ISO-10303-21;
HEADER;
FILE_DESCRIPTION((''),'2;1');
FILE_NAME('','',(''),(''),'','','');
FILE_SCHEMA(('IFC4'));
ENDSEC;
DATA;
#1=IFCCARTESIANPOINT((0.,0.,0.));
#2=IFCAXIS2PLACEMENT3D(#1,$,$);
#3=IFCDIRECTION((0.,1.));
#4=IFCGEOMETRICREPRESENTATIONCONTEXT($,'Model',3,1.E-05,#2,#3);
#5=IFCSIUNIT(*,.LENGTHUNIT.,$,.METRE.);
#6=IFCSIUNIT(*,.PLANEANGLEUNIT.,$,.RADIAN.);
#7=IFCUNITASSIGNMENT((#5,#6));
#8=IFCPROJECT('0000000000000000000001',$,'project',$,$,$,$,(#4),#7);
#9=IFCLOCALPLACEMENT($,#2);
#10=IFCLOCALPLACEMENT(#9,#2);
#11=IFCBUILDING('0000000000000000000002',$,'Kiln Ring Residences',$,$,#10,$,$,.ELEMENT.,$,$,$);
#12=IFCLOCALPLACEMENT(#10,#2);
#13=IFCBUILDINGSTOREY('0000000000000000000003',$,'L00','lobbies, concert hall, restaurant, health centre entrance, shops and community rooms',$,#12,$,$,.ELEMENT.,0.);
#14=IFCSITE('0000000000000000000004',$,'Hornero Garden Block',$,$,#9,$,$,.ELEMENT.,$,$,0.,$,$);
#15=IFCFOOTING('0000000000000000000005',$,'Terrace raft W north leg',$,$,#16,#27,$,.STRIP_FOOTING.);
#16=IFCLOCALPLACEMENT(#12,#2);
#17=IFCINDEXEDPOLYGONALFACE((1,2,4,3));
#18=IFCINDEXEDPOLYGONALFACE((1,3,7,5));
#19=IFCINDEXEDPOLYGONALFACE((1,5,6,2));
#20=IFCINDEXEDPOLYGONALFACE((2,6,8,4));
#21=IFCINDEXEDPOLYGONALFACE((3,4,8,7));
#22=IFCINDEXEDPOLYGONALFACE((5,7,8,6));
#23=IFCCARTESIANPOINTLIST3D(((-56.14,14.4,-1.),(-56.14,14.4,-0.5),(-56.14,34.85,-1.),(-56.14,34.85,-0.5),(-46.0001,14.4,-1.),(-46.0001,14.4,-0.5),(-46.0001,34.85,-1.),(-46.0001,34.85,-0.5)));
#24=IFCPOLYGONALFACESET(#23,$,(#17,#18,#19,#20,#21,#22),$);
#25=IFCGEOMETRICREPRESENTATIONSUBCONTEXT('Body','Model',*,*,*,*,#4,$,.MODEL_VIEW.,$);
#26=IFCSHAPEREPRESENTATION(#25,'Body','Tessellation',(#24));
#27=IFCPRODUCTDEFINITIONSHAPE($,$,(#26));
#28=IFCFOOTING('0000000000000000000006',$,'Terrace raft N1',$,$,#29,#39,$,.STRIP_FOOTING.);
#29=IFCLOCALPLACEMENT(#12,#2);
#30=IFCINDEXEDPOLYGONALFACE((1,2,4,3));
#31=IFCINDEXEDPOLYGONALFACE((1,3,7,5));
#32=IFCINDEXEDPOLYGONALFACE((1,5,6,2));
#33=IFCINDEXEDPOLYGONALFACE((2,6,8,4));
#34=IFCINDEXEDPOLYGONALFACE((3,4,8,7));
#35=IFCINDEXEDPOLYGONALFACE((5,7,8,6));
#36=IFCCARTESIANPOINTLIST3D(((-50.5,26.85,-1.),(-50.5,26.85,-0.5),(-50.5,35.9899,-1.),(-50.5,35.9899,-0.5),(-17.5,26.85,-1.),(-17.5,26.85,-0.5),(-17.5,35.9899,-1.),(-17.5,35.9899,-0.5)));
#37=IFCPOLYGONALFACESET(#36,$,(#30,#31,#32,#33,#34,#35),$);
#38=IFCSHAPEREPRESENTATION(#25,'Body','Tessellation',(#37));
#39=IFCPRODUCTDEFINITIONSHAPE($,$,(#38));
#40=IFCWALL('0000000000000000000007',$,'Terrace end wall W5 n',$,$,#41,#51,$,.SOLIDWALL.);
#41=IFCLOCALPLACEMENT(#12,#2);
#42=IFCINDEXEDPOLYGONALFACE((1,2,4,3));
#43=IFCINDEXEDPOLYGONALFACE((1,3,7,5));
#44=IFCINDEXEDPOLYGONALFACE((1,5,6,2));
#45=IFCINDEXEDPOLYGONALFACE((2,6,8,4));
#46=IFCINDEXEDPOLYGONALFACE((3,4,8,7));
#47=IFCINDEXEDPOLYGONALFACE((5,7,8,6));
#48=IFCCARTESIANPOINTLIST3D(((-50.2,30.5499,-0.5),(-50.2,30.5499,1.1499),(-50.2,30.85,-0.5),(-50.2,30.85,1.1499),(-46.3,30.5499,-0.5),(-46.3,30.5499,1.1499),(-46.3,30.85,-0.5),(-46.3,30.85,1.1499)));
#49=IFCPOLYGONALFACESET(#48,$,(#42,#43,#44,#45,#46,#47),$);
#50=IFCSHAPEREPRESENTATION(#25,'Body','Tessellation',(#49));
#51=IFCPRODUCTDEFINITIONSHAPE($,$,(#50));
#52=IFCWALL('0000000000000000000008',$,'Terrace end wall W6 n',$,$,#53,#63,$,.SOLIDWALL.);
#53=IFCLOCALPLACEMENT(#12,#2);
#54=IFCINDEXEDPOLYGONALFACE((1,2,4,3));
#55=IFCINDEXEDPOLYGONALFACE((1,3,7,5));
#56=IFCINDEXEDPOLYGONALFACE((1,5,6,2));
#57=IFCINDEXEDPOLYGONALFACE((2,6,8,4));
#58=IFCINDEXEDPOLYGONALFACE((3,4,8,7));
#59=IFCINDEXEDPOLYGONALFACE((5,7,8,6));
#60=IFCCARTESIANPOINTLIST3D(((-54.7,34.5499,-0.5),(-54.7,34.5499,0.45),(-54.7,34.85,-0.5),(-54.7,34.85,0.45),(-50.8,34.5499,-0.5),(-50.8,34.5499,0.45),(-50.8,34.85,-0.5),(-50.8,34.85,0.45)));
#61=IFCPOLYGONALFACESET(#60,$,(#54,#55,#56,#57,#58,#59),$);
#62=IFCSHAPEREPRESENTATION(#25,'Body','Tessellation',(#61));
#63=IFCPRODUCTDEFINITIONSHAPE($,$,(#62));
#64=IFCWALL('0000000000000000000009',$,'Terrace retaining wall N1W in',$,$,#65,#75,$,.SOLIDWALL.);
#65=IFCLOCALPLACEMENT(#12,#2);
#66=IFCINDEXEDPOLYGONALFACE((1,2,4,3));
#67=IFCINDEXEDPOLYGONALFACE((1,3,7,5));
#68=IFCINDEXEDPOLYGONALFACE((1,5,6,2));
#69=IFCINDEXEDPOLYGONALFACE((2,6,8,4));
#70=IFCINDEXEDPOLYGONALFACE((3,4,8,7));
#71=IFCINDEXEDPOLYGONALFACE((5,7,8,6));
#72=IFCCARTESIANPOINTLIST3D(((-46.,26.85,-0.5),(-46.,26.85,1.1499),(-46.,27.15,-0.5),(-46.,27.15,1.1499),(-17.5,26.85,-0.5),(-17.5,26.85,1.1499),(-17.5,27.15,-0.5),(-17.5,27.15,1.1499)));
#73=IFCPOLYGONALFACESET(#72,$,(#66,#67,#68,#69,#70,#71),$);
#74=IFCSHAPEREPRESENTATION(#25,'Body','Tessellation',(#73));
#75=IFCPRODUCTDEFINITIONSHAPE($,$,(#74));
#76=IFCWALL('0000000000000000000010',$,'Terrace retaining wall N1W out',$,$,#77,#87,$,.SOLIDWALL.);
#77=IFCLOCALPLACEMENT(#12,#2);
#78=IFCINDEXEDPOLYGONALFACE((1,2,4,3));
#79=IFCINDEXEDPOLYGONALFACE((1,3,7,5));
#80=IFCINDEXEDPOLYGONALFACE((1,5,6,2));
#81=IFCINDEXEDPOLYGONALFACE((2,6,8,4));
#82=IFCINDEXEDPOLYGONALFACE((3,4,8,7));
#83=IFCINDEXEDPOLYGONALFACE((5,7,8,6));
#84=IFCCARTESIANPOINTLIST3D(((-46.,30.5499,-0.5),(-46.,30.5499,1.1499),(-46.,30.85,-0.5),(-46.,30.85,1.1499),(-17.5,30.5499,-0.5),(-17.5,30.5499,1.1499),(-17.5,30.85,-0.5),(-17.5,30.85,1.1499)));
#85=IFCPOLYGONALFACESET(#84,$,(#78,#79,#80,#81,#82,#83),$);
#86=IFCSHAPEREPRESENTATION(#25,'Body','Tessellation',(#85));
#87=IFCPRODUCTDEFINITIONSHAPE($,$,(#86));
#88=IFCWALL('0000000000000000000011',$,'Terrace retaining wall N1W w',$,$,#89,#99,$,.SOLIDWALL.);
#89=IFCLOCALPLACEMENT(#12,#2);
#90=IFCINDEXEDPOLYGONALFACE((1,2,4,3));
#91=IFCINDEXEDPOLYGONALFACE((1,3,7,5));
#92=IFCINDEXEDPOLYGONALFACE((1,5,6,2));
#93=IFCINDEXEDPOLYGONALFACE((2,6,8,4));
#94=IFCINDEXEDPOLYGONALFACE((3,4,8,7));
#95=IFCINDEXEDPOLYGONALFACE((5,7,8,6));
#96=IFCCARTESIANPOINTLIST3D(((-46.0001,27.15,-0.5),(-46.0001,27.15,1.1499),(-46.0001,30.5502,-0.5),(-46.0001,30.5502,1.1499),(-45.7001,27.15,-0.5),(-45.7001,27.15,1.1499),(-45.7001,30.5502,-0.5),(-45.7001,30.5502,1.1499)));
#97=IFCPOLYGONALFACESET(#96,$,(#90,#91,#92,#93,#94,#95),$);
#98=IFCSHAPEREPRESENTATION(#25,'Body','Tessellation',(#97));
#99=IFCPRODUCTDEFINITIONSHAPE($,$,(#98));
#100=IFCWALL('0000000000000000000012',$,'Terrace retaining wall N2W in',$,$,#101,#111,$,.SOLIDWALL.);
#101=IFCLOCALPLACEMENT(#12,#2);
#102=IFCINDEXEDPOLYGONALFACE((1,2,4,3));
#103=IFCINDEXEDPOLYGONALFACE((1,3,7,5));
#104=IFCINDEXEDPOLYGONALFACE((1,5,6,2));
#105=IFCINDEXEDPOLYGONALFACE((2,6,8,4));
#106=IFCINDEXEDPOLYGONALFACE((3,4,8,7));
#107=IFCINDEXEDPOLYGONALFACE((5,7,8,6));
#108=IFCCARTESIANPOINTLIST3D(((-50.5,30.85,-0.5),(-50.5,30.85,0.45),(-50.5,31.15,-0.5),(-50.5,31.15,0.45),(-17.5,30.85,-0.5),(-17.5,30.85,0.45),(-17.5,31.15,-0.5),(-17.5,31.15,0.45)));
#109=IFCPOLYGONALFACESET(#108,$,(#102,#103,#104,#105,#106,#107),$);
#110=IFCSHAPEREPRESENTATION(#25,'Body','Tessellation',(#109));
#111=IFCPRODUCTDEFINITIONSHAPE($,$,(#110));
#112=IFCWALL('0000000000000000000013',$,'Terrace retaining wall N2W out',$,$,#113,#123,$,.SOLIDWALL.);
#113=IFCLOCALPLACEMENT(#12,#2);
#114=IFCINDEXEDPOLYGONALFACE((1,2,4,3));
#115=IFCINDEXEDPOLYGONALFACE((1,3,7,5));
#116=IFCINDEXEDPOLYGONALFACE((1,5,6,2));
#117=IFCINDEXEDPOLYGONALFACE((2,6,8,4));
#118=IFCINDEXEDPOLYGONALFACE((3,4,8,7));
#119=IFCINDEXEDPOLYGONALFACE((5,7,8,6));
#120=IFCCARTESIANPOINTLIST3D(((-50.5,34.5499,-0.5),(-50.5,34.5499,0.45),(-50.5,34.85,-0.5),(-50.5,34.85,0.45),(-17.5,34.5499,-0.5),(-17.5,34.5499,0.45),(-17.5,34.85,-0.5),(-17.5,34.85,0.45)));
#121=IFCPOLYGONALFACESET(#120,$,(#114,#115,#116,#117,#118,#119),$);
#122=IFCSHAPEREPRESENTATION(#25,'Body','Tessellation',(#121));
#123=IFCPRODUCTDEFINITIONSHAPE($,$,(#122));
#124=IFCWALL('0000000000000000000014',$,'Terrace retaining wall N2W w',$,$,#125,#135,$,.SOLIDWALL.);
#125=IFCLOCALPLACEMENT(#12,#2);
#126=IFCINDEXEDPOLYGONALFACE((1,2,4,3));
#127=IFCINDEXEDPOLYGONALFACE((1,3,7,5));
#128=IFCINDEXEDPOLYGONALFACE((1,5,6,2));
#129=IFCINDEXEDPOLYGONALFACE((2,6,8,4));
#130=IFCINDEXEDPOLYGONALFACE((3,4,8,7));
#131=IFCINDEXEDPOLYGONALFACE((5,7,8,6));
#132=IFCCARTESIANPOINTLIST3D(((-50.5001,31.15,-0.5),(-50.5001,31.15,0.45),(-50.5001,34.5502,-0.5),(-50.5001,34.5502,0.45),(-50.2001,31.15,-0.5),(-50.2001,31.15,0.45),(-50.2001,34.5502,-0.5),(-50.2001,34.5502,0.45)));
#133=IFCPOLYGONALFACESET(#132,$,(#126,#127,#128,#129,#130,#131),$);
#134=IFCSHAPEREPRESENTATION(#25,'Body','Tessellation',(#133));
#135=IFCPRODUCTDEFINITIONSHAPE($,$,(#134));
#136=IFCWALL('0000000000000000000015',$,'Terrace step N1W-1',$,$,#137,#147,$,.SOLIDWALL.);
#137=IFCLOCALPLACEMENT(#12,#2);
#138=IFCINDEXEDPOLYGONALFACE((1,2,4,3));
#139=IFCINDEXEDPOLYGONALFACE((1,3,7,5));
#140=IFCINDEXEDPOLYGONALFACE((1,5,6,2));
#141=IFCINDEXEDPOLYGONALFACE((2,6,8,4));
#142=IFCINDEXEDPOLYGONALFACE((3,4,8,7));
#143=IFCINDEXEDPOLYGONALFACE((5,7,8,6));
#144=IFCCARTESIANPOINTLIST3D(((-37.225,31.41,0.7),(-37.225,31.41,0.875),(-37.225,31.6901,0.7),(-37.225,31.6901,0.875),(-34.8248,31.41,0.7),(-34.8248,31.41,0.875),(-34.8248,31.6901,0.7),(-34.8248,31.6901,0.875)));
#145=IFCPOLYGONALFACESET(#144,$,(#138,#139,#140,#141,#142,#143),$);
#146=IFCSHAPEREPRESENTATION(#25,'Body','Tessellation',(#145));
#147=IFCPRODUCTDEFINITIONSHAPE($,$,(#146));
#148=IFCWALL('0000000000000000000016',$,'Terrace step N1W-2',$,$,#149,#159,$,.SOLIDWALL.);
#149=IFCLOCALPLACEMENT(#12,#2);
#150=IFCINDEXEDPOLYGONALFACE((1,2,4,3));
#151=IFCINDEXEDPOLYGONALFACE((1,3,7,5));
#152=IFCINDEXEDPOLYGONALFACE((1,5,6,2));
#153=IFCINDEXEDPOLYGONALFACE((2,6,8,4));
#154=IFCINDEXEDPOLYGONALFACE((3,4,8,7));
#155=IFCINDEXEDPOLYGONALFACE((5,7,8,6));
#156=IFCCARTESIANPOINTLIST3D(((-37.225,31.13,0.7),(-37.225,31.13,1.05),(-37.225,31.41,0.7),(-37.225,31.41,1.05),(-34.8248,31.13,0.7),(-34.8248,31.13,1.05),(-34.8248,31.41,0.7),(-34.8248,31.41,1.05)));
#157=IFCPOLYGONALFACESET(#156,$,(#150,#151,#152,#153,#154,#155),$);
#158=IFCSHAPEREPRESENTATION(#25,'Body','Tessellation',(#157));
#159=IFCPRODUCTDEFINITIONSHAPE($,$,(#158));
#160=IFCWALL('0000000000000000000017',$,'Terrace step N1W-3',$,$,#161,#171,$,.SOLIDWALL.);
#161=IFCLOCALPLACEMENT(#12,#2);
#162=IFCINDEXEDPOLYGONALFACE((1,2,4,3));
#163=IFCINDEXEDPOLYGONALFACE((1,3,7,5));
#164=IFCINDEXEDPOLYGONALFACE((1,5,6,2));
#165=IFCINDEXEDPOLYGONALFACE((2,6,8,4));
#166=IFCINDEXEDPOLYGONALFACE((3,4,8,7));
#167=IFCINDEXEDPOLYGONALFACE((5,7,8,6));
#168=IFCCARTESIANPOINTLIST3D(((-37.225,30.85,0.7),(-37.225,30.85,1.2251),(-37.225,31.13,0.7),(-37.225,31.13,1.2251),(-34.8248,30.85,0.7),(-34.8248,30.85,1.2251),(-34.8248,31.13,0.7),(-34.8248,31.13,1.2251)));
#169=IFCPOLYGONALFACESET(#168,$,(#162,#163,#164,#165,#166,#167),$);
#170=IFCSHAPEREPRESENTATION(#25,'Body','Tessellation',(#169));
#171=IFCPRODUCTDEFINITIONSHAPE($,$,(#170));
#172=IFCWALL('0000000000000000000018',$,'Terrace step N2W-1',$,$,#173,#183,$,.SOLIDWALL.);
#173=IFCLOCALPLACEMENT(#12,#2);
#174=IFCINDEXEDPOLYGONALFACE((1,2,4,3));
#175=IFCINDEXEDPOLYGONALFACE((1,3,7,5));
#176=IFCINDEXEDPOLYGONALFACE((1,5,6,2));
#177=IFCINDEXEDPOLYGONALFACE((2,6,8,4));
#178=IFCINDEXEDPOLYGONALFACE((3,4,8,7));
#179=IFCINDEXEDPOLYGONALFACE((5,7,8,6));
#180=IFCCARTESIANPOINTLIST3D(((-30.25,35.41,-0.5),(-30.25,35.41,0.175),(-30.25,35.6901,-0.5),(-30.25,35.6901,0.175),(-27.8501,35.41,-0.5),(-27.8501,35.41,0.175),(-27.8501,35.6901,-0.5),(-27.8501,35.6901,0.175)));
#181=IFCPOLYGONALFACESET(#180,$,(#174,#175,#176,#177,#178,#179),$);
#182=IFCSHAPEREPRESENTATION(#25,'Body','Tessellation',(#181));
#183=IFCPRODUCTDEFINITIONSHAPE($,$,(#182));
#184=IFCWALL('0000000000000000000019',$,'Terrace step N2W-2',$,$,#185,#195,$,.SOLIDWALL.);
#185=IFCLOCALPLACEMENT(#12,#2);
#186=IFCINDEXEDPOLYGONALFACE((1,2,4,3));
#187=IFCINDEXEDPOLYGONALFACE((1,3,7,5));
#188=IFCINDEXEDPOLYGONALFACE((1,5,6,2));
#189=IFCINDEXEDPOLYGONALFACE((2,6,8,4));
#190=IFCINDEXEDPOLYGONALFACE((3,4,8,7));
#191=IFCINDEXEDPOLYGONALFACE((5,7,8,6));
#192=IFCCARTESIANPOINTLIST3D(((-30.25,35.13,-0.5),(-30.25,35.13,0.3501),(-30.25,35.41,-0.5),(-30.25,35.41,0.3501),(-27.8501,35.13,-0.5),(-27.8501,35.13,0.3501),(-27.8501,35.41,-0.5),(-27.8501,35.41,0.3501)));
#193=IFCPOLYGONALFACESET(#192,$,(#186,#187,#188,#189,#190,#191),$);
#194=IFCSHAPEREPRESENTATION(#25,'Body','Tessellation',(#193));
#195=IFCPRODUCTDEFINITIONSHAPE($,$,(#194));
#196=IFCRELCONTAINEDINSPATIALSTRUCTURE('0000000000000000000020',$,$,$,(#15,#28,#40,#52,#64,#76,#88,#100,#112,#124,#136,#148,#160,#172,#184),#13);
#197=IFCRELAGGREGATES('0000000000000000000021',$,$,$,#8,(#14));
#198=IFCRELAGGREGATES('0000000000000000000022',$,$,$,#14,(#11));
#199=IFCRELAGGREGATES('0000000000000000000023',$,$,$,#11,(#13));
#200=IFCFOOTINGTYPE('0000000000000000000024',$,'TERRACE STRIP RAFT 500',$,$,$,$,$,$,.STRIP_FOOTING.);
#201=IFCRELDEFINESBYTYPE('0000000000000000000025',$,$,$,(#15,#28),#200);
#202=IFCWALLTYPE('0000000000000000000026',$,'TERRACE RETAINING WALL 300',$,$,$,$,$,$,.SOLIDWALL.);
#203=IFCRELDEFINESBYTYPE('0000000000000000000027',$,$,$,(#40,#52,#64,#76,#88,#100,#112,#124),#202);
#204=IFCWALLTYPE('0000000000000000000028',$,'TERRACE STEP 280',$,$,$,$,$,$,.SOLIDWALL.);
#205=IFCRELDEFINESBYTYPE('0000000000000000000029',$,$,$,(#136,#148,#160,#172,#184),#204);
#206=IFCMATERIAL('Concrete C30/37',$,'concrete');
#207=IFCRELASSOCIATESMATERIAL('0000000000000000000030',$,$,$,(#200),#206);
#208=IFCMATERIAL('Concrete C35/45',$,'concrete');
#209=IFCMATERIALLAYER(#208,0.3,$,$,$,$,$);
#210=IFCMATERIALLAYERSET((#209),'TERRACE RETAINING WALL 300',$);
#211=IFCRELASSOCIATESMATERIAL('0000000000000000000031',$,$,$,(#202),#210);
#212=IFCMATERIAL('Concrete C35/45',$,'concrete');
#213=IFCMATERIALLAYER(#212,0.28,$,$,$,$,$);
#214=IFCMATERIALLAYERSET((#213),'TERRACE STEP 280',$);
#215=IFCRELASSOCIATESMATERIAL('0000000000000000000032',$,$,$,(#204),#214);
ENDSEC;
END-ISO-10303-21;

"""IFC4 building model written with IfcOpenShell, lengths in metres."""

from ifc_helpers import new_model, si_unit, direction, frame, frame_2d, origin, origin_2d, place, context, subcontext, project, spatial, rectangle, extrude, material, layer, layer_set, type_object, element, save


model = new_model("IFC4")

# Units and contexts
model_context = context("Model", 3, precision=1e-05, world=origin(), true_north=direction((0.0, 1.0)))
body_context = subcontext(model_context, "Body", "Model", "MODEL_VIEW")
ifc_project = project(units=[si_unit("LENGTHUNIT", "METRE"), si_unit("PLANEANGLEUNIT", "RADIAN")], contexts=[model_context])

# Site, building, storey
site_placement = place(None, origin())
site = spatial("IfcSite", under=ifc_project, at=site_placement, Name="Hornero Garden Block", CompositionType="ELEMENT", RefElevation=0.0)
building_placement = place(site_placement, origin())
building = spatial("IfcBuilding", under=site, at=building_placement, Name="Kiln Ring Residences", CompositionType="ELEMENT")
storey_placement = place(building_placement, origin())
storey = spatial("IfcBuildingStorey", under=building, at=storey_placement, Name="L00", Description="lobbies, concert hall, restaurant, health centre entrance, shops and community rooms", CompositionType="ELEMENT", Elevation=0.0)

# Footings
ifc_material_1 = material(Name="Concrete C30/37", Category="concrete")
footing_type = type_object("IfcFootingType", Name="TERRACE STRIP RAFT 500", PredefinedType="STRIP_FOOTING", material=ifc_material_1)
footing_1_placement = place(storey_placement, frame((-51.0701, 24.625, -1.0), z_axis=(0.0, 0.0, 1.0), x_axis=(1.0, 0.0, 0.0)))
element("IfcFooting", 1, at=footing_1_placement, inside=storey, type_object=footing_type, Name="Terrace raft W north leg", PredefinedType="STRIP_FOOTING", context=body_context, shape_type="SweptSolid", body=[
    extrude(rectangle(XDim=10.1399, YDim=20.45, at=origin_2d()), origin(), (0.0, 0.0, 1.0), 0.5),
])
footing_2_placement = place(storey_placement, frame((-34.0, 31.4199, -1.0), z_axis=(0.0, 0.0, 1.0), x_axis=(1.0, 0.0, 0.0)))
element("IfcFooting", 2, at=footing_2_placement, inside=storey, type_object=footing_type, Name="Terrace raft N1", PredefinedType="STRIP_FOOTING", context=body_context, shape_type="SweptSolid", body=[
    extrude(rectangle(XDim=33.0, YDim=9.1399, at=origin_2d()), origin(), (0.0, 0.0, 1.0), 0.5),
])

# Walls
ifc_material_2 = material(Name="Concrete C35/45", Category="concrete")
ifc_layer_1 = layer(ifc_material_2, 0.3)
ifc_layer_set_1 = layer_set([ifc_layer_1], Name="TERRACE RETAINING WALL 300")
wall_type_1 = type_object("IfcWallType", Name="TERRACE RETAINING WALL 300", PredefinedType="SOLIDWALL", material=ifc_layer_set_1)
wall_1_placement = place(storey_placement, frame((-50.2, 30.7, -0.5), z_axis=(0.0, 0.0, 1.0), x_axis=(1.0, 0.0, 0.0)))
element("IfcWall", 3, at=wall_1_placement, inside=storey, type_object=wall_type_1, Name="Terrace end wall W5 n", PredefinedType="SOLIDWALL", context=body_context, shape_type="SweptSolid", body=[
    extrude(rectangle(XDim=3.8999, YDim=0.3, at=frame_2d((1.95, 0.0))), origin(), (0.0, 0.0, 1.0), 1.6499),
])
wall_2_placement = place(storey_placement, frame((-54.7, 34.7, -0.5), z_axis=(0.0, 0.0, 1.0), x_axis=(1.0, 0.0, 0.0)))
element("IfcWall", 4, at=wall_2_placement, inside=storey, type_object=wall_type_1, Name="Terrace end wall W6 n", PredefinedType="SOLIDWALL", context=body_context, shape_type="SweptSolid", body=[
    extrude(rectangle(XDim=3.8999, YDim=0.3, at=frame_2d((1.95, 0.0))), origin(), (0.0, 0.0, 1.0), 0.95),
])
for number, where, z_axis, x_axis, name in (
    (5, (-46.0, 27.0, -0.5), (0.0, 0.0, 1.0), (1.0, 0.0, 0.0), "Terrace retaining wall N1W in"),
    (6, (-46.0, 30.7, -0.5), (0.0, 0.0, 1.0), (1.0, 0.0, 0.0), "Terrace retaining wall N1W out"),
):
    element("IfcWall", number, at=place(storey_placement, frame(where, z_axis=z_axis, x_axis=x_axis)), inside=storey, type_object=wall_type_1, Name=name, PredefinedType="SOLIDWALL", context=body_context, shape_type="SweptSolid", body=[
        extrude(rectangle(XDim=28.5, YDim=0.3, at=frame_2d((14.25, 0.0))), origin(), (0.0, 0.0, 1.0), 1.6499),
    ])
wall_3_placement = place(storey_placement, frame((-45.8501, 27.1499, -0.5), z_axis=(0.0, 0.0, 1.0), x_axis=(0.0, 1.0, 0.0)))
element("IfcWall", 7, at=wall_3_placement, inside=storey, type_object=wall_type_1, Name="Terrace retaining wall N1W w", PredefinedType="SOLIDWALL", context=body_context, shape_type="SweptSolid", body=[
    extrude(rectangle(XDim=3.4001, YDim=0.3, at=frame_2d((1.7002, 0.0))), origin(), (0.0, 0.0, 1.0), 1.6499),
])
for number, where, z_axis, x_axis, name in (
    (8, (-50.5, 31.0, -0.5), (0.0, 0.0, 1.0), (1.0, 0.0, 0.0), "Terrace retaining wall N2W in"),
    (9, (-50.5, 34.7, -0.5), (0.0, 0.0, 1.0), (1.0, 0.0, 0.0), "Terrace retaining wall N2W out"),
):
    element("IfcWall", number, at=place(storey_placement, frame(where, z_axis=z_axis, x_axis=x_axis)), inside=storey, type_object=wall_type_1, Name=name, PredefinedType="SOLIDWALL", context=body_context, shape_type="SweptSolid", body=[
        extrude(rectangle(XDim=33.0, YDim=0.3, at=frame_2d((16.5, 0.0))), origin(), (0.0, 0.0, 1.0), 0.95),
    ])
wall_4_placement = place(storey_placement, frame((-50.3501, 31.1499, -0.5), z_axis=(0.0, 0.0, 1.0), x_axis=(0.0, 1.0, 0.0)))
element("IfcWall", 10, at=wall_4_placement, inside=storey, type_object=wall_type_1, Name="Terrace retaining wall N2W w", PredefinedType="SOLIDWALL", context=body_context, shape_type="SweptSolid", body=[
    extrude(rectangle(XDim=3.4001, YDim=0.3, at=frame_2d((1.7002, 0.0))), origin(), (0.0, 0.0, 1.0), 0.95),
])
ifc_material_3 = material(Name="Concrete C35/45", Category="concrete")
ifc_layer_2 = layer(ifc_material_3, 0.28)
ifc_layer_set_2 = layer_set([ifc_layer_2], Name="TERRACE STEP 280")
wall_type_2 = type_object("IfcWallType", Name="TERRACE STEP 280", PredefinedType="SOLIDWALL", material=ifc_layer_set_2)
wall_5_placement = place(storey_placement, frame((-37.2251, 31.55, 0.7), z_axis=(0.0, 0.0, 1.0), x_axis=(1.0, 0.0, 0.0)))
element("IfcWall", 11, at=wall_5_placement, inside=storey, type_object=wall_type_2, Name="Terrace step N1W-1", PredefinedType="SOLIDWALL", context=body_context, shape_type="SweptSolid", body=[
    extrude(rectangle(XDim=2.4001, YDim=0.28, at=frame_2d((1.2002, 0.0))), origin(), (0.0, 0.0, 1.0), 0.175),
])
wall_6_placement = place(storey_placement, frame((-37.2251, 31.27, 0.7), z_axis=(0.0, 0.0, 1.0), x_axis=(1.0, 0.0, 0.0)))
element("IfcWall", 12, at=wall_6_placement, inside=storey, type_object=wall_type_2, Name="Terrace step N1W-2", PredefinedType="SOLIDWALL", context=body_context, shape_type="SweptSolid", body=[
    extrude(rectangle(XDim=2.4001, YDim=0.28, at=frame_2d((1.2002, 0.0))), origin(), (0.0, 0.0, 1.0), 0.3501),
])
wall_7_placement = place(storey_placement, frame((-37.2251, 30.99, 0.7), z_axis=(0.0, 0.0, 1.0), x_axis=(1.0, 0.0, 0.0)))
element("IfcWall", 13, at=wall_7_placement, inside=storey, type_object=wall_type_2, Name="Terrace step N1W-3", PredefinedType="SOLIDWALL", context=body_context, shape_type="SweptSolid", body=[
    extrude(rectangle(XDim=2.4001, YDim=0.28, at=frame_2d((1.2002, 0.0))), origin(), (0.0, 0.0, 1.0), 0.5251),
])
wall_8_placement = place(storey_placement, frame((-30.25, 35.55, -0.5), z_axis=(0.0, 0.0, 1.0), x_axis=(1.0, 0.0, 0.0)))
element("IfcWall", 14, at=wall_8_placement, inside=storey, type_object=wall_type_2, Name="Terrace step N2W-1", PredefinedType="SOLIDWALL", context=body_context, shape_type="SweptSolid", body=[
    extrude(rectangle(XDim=2.3999, YDim=0.28, at=frame_2d((1.2, 0.0))), origin(), (0.0, 0.0, 1.0), 0.675),
])
wall_9_placement = place(storey_placement, frame((-30.25, 35.27, -0.5), z_axis=(0.0, 0.0, 1.0), x_axis=(1.0, 0.0, 0.0)))
element("IfcWall", 15, at=wall_9_placement, inside=storey, type_object=wall_type_2, Name="Terrace step N2W-2", PredefinedType="SOLIDWALL", context=body_context, shape_type="SweptSolid", body=[
    extrude(rectangle(XDim=2.3999, YDim=0.28, at=frame_2d((1.2, 0.0))), origin(), (0.0, 0.0, 1.0), 0.8501),
])

save(model, "model.ifc")
